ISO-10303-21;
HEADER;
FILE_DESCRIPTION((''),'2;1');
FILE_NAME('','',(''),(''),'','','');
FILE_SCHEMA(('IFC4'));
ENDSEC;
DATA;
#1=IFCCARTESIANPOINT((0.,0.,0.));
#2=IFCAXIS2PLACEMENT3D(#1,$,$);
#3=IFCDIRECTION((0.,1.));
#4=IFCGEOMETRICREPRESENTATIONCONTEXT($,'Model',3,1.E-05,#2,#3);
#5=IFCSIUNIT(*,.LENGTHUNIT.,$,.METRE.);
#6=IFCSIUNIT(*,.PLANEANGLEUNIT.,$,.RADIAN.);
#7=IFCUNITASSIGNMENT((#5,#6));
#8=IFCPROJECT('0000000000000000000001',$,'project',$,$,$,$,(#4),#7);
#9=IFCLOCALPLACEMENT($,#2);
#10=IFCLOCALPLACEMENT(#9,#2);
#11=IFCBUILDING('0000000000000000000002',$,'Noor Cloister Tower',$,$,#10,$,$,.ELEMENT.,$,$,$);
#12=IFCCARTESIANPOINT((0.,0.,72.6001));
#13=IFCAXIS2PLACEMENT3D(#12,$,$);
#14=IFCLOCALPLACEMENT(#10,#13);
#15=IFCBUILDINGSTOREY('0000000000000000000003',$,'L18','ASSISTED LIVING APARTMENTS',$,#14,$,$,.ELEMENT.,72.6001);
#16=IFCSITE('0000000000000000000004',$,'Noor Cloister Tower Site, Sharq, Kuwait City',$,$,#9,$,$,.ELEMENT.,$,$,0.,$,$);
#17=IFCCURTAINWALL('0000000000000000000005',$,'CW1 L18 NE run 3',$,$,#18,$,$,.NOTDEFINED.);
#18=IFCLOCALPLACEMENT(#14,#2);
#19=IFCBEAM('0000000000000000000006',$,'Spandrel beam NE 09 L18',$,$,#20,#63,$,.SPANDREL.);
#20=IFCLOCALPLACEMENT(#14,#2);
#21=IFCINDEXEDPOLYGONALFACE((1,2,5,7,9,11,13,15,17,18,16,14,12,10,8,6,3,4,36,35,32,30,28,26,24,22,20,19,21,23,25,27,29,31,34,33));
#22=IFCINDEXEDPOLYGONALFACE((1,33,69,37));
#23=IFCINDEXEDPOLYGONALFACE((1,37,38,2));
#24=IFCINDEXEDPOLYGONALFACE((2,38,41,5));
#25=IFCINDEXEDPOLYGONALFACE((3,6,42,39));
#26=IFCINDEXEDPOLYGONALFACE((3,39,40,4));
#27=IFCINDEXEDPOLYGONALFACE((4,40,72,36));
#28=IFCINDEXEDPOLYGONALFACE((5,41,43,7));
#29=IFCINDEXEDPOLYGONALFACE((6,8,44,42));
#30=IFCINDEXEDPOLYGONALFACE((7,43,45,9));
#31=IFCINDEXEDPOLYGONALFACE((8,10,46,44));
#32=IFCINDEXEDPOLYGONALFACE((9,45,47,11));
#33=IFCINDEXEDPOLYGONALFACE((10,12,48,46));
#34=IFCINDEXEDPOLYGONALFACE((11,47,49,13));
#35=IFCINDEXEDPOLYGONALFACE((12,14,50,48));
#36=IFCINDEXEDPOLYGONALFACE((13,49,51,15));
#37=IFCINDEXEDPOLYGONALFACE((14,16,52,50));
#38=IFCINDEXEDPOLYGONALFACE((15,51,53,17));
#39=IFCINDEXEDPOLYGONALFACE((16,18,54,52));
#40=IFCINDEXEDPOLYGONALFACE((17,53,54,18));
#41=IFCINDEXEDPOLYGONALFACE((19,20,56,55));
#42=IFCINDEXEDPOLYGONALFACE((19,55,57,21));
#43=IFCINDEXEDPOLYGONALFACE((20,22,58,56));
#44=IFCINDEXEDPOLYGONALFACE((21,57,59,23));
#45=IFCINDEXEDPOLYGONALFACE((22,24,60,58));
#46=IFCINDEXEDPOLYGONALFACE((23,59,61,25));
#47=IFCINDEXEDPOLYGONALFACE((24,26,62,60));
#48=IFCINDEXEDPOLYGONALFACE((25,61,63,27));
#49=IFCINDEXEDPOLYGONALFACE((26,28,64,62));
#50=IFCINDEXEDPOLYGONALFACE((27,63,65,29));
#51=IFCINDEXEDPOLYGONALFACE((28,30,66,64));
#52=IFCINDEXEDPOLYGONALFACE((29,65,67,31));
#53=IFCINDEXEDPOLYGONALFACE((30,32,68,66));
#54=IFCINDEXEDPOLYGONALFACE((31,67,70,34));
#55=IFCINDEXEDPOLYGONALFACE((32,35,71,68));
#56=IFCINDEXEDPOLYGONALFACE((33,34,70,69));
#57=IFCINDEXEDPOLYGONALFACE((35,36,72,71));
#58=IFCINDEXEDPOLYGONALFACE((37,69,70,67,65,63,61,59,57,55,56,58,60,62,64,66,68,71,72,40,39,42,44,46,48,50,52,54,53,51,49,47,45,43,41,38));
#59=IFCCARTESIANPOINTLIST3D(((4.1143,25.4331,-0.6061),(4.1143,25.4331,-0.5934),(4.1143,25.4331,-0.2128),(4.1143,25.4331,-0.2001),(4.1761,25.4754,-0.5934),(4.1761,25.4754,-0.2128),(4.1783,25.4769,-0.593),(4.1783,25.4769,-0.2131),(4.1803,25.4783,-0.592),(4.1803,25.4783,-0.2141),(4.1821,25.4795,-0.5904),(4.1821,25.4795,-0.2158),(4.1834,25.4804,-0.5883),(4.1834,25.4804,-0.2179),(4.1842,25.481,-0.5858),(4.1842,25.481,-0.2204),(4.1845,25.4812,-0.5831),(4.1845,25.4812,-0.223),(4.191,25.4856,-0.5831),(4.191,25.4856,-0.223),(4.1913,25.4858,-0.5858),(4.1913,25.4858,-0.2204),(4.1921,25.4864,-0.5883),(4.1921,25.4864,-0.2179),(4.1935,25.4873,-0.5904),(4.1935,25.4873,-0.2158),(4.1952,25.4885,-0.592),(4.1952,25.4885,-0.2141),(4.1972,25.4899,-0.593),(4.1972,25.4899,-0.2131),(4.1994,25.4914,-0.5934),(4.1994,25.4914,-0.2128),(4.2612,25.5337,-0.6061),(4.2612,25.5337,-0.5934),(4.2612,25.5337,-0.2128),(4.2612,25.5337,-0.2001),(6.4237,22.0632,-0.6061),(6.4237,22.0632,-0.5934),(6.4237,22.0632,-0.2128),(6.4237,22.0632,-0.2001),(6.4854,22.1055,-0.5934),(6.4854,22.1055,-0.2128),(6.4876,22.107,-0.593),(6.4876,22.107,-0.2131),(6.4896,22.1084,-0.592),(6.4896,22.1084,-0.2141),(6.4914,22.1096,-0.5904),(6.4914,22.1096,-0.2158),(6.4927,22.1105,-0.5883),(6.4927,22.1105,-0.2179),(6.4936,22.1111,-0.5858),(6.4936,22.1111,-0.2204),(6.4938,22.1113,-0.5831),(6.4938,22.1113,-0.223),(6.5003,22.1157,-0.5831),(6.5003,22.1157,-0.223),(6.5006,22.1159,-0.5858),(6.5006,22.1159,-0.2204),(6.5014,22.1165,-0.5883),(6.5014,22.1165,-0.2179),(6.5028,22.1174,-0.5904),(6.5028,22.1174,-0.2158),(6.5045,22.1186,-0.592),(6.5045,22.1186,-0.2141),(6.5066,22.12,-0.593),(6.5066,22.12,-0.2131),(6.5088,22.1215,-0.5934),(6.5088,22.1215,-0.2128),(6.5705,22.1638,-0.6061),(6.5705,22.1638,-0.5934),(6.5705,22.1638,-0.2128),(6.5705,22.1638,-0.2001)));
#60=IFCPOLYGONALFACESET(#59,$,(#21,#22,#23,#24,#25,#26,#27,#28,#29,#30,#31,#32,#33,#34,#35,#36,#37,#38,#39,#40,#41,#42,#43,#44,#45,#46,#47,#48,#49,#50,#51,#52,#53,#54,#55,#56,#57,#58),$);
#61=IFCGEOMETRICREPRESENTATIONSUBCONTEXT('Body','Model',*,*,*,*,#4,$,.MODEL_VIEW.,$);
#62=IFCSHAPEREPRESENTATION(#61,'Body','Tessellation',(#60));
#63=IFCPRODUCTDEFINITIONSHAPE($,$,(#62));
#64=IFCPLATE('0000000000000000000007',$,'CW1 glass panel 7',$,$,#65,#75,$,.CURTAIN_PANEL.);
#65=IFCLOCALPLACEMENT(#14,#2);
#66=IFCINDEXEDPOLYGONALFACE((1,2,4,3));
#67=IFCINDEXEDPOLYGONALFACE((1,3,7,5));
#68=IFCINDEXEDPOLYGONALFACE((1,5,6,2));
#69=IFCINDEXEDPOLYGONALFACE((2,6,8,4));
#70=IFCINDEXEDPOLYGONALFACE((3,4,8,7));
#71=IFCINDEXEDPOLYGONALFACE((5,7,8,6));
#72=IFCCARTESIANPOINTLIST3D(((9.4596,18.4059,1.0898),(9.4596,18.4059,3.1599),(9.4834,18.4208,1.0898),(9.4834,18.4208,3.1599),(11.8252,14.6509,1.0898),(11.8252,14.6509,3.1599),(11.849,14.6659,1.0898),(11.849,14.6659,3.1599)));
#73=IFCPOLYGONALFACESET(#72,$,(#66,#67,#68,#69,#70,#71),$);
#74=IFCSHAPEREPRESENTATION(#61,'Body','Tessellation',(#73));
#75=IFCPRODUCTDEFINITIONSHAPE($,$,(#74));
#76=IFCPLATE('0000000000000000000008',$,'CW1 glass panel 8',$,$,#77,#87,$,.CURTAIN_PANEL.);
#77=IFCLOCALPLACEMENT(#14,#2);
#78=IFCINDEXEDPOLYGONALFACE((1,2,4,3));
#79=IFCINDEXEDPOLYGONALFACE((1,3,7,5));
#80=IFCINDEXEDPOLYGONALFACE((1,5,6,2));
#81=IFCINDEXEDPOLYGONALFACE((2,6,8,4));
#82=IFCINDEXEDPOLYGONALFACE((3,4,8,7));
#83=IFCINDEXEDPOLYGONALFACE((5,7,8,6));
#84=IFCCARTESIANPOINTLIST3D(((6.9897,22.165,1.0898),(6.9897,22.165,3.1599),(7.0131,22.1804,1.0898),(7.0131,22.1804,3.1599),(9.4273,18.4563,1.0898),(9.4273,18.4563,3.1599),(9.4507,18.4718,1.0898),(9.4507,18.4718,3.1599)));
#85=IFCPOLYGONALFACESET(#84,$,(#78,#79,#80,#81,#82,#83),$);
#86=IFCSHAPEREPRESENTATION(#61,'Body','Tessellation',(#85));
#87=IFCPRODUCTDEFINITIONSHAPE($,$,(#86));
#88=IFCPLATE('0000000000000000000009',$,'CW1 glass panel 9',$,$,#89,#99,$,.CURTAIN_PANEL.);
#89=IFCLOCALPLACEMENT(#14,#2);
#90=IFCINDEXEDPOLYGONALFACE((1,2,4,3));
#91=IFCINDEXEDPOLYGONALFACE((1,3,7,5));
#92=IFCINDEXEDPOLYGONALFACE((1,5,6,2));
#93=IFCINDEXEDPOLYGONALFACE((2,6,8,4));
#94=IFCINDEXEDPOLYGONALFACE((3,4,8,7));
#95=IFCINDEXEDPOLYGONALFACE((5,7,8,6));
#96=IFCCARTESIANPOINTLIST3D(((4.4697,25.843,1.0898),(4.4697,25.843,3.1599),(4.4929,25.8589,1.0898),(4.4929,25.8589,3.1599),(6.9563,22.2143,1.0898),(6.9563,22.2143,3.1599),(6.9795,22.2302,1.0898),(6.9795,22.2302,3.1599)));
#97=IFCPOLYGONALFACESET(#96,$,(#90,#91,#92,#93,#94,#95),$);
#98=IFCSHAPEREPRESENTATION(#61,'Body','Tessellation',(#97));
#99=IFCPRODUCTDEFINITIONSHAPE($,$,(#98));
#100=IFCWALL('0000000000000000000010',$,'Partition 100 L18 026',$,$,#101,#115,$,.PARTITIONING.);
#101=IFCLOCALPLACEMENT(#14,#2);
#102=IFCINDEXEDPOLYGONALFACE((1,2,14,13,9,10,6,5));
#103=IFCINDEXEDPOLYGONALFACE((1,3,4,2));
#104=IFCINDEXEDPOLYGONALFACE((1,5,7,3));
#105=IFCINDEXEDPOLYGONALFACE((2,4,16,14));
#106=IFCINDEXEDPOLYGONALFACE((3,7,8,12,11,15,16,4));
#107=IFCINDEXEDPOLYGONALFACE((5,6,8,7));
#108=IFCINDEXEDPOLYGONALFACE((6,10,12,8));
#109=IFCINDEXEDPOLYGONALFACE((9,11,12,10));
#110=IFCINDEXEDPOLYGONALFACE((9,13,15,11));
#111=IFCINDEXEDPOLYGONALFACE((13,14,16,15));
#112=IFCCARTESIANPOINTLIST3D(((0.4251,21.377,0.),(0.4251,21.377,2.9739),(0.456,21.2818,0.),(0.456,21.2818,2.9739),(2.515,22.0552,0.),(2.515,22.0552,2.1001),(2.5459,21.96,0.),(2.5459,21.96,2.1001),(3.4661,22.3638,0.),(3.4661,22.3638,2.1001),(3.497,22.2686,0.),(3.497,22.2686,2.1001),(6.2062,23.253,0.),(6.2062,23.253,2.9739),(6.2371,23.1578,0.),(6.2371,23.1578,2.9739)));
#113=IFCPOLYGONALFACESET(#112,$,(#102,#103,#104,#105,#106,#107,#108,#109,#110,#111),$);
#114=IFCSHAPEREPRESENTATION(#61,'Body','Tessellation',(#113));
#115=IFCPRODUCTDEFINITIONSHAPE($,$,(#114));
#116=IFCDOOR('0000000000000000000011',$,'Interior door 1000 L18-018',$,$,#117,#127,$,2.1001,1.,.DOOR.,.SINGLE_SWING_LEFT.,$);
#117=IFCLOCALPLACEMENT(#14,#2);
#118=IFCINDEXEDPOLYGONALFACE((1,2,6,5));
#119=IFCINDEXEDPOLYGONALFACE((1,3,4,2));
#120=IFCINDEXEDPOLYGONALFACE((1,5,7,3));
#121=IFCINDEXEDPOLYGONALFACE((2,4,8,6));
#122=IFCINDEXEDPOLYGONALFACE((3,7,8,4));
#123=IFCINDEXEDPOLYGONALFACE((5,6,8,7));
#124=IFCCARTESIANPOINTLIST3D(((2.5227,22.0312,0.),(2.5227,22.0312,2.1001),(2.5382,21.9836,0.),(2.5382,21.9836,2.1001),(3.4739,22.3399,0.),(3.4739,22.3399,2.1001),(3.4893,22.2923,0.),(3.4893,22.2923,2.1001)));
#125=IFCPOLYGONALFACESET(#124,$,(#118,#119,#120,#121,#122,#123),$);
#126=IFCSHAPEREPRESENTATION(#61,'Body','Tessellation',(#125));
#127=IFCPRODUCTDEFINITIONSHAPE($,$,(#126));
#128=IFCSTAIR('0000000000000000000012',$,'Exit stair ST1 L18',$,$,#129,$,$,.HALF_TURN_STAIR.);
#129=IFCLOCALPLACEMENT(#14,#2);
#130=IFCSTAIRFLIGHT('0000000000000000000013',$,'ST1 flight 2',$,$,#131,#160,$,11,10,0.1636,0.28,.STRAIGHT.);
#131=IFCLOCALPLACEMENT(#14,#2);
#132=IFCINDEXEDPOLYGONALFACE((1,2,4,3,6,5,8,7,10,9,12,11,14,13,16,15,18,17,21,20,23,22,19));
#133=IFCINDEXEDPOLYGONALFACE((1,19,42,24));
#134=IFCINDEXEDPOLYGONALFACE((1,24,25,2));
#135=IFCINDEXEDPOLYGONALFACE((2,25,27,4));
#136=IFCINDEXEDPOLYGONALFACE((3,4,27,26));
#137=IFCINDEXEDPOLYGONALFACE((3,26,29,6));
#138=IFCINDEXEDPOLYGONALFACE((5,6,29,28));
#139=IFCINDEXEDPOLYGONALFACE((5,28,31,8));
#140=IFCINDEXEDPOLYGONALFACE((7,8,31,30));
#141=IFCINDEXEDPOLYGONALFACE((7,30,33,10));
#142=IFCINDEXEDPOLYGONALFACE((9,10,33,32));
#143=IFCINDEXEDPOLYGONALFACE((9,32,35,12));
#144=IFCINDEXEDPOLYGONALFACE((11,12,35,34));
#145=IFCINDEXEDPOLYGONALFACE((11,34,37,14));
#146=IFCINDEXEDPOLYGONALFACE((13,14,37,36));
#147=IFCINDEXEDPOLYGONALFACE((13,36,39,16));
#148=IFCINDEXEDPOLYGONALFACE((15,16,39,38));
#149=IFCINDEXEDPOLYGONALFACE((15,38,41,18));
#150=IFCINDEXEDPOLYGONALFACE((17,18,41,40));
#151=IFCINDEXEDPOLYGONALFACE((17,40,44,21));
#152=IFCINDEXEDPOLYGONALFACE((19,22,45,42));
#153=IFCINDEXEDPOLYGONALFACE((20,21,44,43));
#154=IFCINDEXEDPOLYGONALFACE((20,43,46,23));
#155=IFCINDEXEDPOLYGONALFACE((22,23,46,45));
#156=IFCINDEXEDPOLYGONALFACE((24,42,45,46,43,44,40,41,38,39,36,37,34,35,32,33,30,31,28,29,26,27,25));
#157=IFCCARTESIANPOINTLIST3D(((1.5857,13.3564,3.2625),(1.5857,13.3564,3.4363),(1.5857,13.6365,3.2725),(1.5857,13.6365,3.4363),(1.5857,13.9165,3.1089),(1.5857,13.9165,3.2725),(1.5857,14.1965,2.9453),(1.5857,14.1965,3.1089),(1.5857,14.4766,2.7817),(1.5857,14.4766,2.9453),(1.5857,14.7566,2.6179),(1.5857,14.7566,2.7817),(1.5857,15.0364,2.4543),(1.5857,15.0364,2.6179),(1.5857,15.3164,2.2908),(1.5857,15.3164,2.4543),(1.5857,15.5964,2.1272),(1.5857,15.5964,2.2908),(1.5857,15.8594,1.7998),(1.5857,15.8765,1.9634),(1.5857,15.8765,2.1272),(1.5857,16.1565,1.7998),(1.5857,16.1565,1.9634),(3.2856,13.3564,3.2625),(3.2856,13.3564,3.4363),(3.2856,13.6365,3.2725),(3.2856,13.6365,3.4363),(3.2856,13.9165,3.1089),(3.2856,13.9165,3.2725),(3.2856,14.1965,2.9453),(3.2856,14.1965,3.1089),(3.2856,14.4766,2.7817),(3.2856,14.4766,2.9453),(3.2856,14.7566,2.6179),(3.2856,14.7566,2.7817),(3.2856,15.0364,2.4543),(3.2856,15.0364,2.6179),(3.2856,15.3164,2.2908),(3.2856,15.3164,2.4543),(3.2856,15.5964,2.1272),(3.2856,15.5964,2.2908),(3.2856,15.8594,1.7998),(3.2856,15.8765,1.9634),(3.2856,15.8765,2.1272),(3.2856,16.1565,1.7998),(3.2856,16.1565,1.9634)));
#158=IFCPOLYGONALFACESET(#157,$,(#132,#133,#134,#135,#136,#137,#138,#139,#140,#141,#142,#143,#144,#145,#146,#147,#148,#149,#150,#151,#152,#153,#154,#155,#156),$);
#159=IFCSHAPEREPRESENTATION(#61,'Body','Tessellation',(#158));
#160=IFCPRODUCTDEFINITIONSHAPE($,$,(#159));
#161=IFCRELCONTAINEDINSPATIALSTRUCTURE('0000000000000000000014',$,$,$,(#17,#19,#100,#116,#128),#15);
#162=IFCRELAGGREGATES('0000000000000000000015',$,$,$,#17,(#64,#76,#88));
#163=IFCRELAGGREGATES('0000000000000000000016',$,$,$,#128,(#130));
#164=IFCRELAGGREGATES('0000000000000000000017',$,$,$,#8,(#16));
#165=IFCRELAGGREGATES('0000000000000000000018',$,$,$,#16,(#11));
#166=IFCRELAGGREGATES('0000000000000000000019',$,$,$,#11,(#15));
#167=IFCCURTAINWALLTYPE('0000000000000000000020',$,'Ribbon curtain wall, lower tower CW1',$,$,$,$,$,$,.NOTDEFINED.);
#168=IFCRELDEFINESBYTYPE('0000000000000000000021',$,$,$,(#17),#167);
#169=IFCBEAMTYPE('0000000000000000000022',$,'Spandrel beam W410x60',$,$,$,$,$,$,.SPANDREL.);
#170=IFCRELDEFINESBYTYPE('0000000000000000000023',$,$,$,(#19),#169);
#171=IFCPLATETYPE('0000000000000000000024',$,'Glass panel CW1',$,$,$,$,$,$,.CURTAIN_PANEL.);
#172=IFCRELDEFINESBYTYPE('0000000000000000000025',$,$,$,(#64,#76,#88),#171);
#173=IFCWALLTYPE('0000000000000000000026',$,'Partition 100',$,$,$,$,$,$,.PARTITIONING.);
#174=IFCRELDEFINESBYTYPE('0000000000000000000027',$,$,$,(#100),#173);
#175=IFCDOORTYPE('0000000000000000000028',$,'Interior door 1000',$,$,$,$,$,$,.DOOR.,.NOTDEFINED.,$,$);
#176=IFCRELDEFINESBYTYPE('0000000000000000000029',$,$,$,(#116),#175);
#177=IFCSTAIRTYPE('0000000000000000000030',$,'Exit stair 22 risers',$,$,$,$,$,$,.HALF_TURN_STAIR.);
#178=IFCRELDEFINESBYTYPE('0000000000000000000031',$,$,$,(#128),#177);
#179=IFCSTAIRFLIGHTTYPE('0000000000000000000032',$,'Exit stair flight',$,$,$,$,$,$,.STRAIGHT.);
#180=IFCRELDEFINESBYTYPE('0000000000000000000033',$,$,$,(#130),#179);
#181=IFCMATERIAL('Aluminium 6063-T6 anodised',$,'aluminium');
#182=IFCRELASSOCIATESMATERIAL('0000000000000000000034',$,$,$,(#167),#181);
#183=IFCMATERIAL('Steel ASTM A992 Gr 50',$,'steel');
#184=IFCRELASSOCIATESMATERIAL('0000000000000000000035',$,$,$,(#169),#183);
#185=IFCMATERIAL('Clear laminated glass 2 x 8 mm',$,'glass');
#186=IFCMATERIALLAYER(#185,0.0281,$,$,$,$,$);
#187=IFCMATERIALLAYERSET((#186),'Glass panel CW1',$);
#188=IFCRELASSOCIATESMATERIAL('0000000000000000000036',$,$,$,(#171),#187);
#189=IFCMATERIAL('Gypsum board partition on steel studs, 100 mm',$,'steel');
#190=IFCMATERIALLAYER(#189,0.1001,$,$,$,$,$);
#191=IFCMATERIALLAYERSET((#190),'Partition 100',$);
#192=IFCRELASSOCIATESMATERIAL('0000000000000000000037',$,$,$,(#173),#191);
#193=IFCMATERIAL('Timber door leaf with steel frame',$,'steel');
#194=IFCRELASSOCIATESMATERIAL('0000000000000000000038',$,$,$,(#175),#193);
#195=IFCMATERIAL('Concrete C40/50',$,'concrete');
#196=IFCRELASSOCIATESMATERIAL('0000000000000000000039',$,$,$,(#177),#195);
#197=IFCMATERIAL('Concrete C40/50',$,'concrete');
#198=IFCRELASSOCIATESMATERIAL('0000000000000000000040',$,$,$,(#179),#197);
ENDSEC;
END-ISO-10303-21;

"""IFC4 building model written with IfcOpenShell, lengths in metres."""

from ifc_helpers import new_model, si_unit, direction, frame, frame_2d, origin, origin_2d, place, context, subcontext, project, spatial, polyline, rectangle, i_section, outline, extrude, material, layer, layer_set, material_profile, profile_set, type_object, element, fill, aggregate, save


model = new_model("IFC4")

# Units and contexts
model_context = context("Model", 3, precision=1e-05, world=origin(), true_north=direction((0.0, 1.0)))
body_context = subcontext(model_context, "Body", "Model", "MODEL_VIEW")
ifc_project = project(units=[si_unit("LENGTHUNIT", "METRE"), si_unit("PLANEANGLEUNIT", "RADIAN")], contexts=[model_context])

# Site, building, storey
site_placement = place(None, origin())
site = spatial("IfcSite", under=ifc_project, at=site_placement, Name="Noor Cloister Tower Site, Sharq, Kuwait City", CompositionType="ELEMENT", RefElevation=0.0)
building_placement = place(site_placement, origin())
building = spatial("IfcBuilding", under=site, at=building_placement, Name="Noor Cloister Tower", CompositionType="ELEMENT")
storey_placement = place(building_placement, frame((0.0, 0.0, 72.6001)))
storey = spatial("IfcBuildingStorey", under=building, at=storey_placement, Name="L18", Description="ASSISTED LIVING APARTMENTS", CompositionType="ELEMENT", Elevation=72.6001)

# Curtain wall
ifc_material_1 = material(Name="Aluminium 6063-T6 anodised", Category="aluminium")
curtain_wall_type = type_object("IfcCurtainWallType", Name="Ribbon curtain wall, lower tower CW1", PredefinedType="NOTDEFINED", material=ifc_material_1)
curtain_wall_placement = place(storey_placement, origin())
curtain_wall = element("IfcCurtainWall", 1, at=curtain_wall_placement, inside=storey, type_object=curtain_wall_type, Name="CW1 L18 NE run 3", PredefinedType="NOTDEFINED")

# Beam
ifc_material_2 = material(Name="Steel ASTM A992 Gr 50", Category="steel")
ifc_material_profile_1 = material_profile(ifc_material_2, i_section(OverallWidth=0.178, OverallDepth=0.406, WebThickness=0.0078, FlangeThickness=0.0127, FilletRadius=0.0103, at=origin_2d()), Name="W410x60")
ifc_profile_set_1 = profile_set([ifc_material_profile_1], Name="Steel ASTM A992 Gr 50")
beam_type_1 = type_object("IfcBeamType", Name="Spandrel beam W410x60", PredefinedType="SPANDREL", material=ifc_profile_set_1)
for number, where, z_axis, x_axis, name in (
    (2, (6.4971, 22.1135, -0.4031), (-0.565288, 0.824894, 0.0), (-0.824894, -0.565288, 0.0), "Spandrel beam NE 09 L18"),
):
    element("IfcBeam", number, at=place(storey_placement, frame(where, z_axis=z_axis, x_axis=x_axis)), inside=storey, type_object=beam_type_1, Name=name, PredefinedType="SPANDREL", context=body_context, shape_type="SweptSolid", body=[
        extrude(i_section(OverallWidth=0.178, OverallDepth=0.406, WebThickness=0.0078, FlangeThickness=0.0127, FilletRadius=0.0103, at=origin_2d()), origin(), (0.0, 0.0, 1.0), 4.0852),
    ])

# Plates
ifc_material_3 = material(Name="Clear laminated glass 2 x 8 mm", Category="glass")
ifc_layer_1 = layer(ifc_material_3, 0.0281)
ifc_layer_set_1 = layer_set([ifc_layer_1], Name="Glass panel CW1")
plate_type = type_object("IfcPlateType", Name="Glass panel CW1", PredefinedType="CURTAIN_PANEL", material=ifc_layer_set_1)
plate_1_placement = place(storey_placement, frame((10.6543, 16.5359, 1.0898), z_axis=(0.0, 0.0, 1.0), x_axis=(-0.533035, 0.846093, 0.0)))
plate_1 = element("IfcPlate", 3, at=plate_1_placement, type_object=plate_type, Name="CW1 glass panel 7", PredefinedType="CURTAIN_PANEL", context=body_context, shape_type="SweptSolid", body=[
    extrude(rectangle(XDim=4.438, YDim=0.0281, at=origin_2d()), origin(), (0.0, 0.0, 1.0), 2.0701),
])
plate_2_placement = place(storey_placement, frame((8.2202, 20.3184, 1.0898), z_axis=(0.0, 0.0, 1.0), x_axis=(-0.549258, 0.835653, 0.0)))
plate_2 = element("IfcPlate", 4, at=plate_2_placement, type_object=plate_type, Name="CW1 glass panel 8", PredefinedType="CURTAIN_PANEL", context=body_context, shape_type="SweptSolid", body=[
    extrude(rectangle(XDim=4.438, YDim=0.0281, at=origin_2d()), origin(), (0.0, 0.0, 1.0), 2.0701),
])
plate_3_placement = place(storey_placement, frame((5.7246, 24.0366, 1.0898), z_axis=(0.0, 0.0, 1.0), x_axis=(-0.565276, 0.824902, 0.0)))
plate_3 = element("IfcPlate", 5, at=plate_3_placement, type_object=plate_type, Name="CW1 glass panel 9", PredefinedType="CURTAIN_PANEL", context=body_context, shape_type="SweptSolid", body=[
    extrude(rectangle(XDim=4.3989, YDim=0.0281, at=origin_2d()), origin(), (0.0, 0.0, 1.0), 2.0701),
])
aggregate(curtain_wall, [plate_1, plate_2, plate_3])

# Wall, opening, door
ifc_material_4 = material(Name="Gypsum board partition on steel studs, 100 mm", Category="steel")
ifc_layer_2 = layer(ifc_material_4, 0.1001)
ifc_layer_set_2 = layer_set([ifc_layer_2], Name="Partition 100")
wall_type = type_object("IfcWallType", Name="Partition 100", PredefinedType="PARTITIONING", material=ifc_layer_set_2)
wall_placement = place(storey_placement, frame((0.4404, 21.3293, 0.0), z_axis=(0.0, 0.0, 1.0), x_axis=(0.951172, 0.308662, 0.0)))
wall = element("IfcWall", 6, at=wall_placement, inside=storey, type_object=wall_type, Name="Partition 100 L18 026", PredefinedType="PARTITIONING", context=body_context, shape_type="SweptSolid", body=[
    extrude(rectangle(XDim=6.0779, YDim=0.1001, at=frame_2d((3.0391, 0.0))), origin(), (0.0, 0.0, 1.0), 2.9739),
])
opening_placement = place(wall_placement, frame((2.1973, 0.0, 0.0)))
opening = element("IfcOpeningElement", 7, at=opening_placement, cuts=wall, PredefinedType="OPENING", context=body_context, shape_type="SweptSolid", body=[
    extrude(rectangle(XDim=1.0, YDim=2.1001, at=frame_2d((0.5, 1.05))), frame((0.0, 0.0601, 0.0), z_axis=(0.0, -1.0, 0.0), x_axis=(1.0, 0.0, 0.0)), (0.0, 0.0, 1.0), 0.1201),
])
ifc_material_5 = material(Name="Timber door leaf with steel frame", Category="steel")
door_type = type_object("IfcDoorType", Name="Interior door 1000", OperationType="NOTDEFINED", PredefinedType="DOOR", material=ifc_material_5)
door_placement = place(opening_placement, origin())
door = element("IfcDoor", 8, at=door_placement, inside=storey, type_object=door_type, Name="Interior door 1000 L18-018", OperationType="SINGLE_SWING_LEFT", OverallHeight=2.1001, OverallWidth=1.0, PredefinedType="DOOR", context=body_context, shape_type="SweptSolid", body=[
    extrude(rectangle(XDim=1.0, YDim=2.1001, at=frame_2d((0.5, 1.05))), frame((0.0, 0.0249, 0.0), z_axis=(0.0, -1.0, 0.0), x_axis=(1.0, 0.0, 0.0)), (0.0, 0.0, 1.0), 0.05),
])
fill(opening, door)

# Stair, stair flight
ifc_material_6 = material(Name="Concrete C40/50", Category="concrete")
stair_type = type_object("IfcStairType", Name="Exit stair 22 risers", PredefinedType="HALF_TURN_STAIR", material=ifc_material_6)
stair_placement = place(storey_placement, origin())
stair = element("IfcStair", 9, at=stair_placement, inside=storey, type_object=stair_type, Name="Exit stair ST1 L18", PredefinedType="HALF_TURN_STAIR")
ifc_material_7 = material(Name="Concrete C40/50", Category="concrete")
stair_flight_type = type_object("IfcStairFlightType", Name="Exit stair flight", PredefinedType="STRAIGHT", material=ifc_material_7)
stair_flight_placement = place(storey_placement, frame((2.4355, 16.1565, 1.7998), z_axis=(0.0, 0.0, 1.0), x_axis=(0.0, -1.0, 0.0)))
stair_flight = element("IfcStairFlight", 10, at=stair_flight_placement, type_object=stair_flight_type, Name="ST1 flight 2", NumberOfRisers=11, NumberOfTreads=10, PredefinedType="STRAIGHT", RiserHeight=0.1636, TreadLength=0.28, context=body_context, shape_type="SweptSolid", body=[
    extrude(outline(polyline([(0.0, 0.0), (0.0, 0.1636), (0.28, 0.1636), (0.28, 0.3274), (0.5601, 0.3274), (0.5601, 0.491), (0.8401, 0.491), (0.8401, 0.6545), (1.1201, 0.6545), (1.1201, 0.8181), (1.3999, 0.8181), (1.3999, 0.9819), (1.6799, 0.9819), (1.6799, 1.1455), (1.96, 1.1455), (1.96, 1.3091), (2.24, 1.3091), (2.24, 1.4727), (2.52, 1.4727), (2.52, 1.6365), (2.8, 1.6365), (2.8, 1.8), (2.8, 1.4626), (0.2971, 0.0), (0.0, 0.0)])), frame((0.0, 0.8501, 0.0), z_axis=(0.0, -1.0, 0.0), x_axis=(1.0, 0.0, 0.0)), (0.0, 0.0, 1.0), 1.7),
])
aggregate(stair, [stair_flight])

save(model, "model.ifc")
